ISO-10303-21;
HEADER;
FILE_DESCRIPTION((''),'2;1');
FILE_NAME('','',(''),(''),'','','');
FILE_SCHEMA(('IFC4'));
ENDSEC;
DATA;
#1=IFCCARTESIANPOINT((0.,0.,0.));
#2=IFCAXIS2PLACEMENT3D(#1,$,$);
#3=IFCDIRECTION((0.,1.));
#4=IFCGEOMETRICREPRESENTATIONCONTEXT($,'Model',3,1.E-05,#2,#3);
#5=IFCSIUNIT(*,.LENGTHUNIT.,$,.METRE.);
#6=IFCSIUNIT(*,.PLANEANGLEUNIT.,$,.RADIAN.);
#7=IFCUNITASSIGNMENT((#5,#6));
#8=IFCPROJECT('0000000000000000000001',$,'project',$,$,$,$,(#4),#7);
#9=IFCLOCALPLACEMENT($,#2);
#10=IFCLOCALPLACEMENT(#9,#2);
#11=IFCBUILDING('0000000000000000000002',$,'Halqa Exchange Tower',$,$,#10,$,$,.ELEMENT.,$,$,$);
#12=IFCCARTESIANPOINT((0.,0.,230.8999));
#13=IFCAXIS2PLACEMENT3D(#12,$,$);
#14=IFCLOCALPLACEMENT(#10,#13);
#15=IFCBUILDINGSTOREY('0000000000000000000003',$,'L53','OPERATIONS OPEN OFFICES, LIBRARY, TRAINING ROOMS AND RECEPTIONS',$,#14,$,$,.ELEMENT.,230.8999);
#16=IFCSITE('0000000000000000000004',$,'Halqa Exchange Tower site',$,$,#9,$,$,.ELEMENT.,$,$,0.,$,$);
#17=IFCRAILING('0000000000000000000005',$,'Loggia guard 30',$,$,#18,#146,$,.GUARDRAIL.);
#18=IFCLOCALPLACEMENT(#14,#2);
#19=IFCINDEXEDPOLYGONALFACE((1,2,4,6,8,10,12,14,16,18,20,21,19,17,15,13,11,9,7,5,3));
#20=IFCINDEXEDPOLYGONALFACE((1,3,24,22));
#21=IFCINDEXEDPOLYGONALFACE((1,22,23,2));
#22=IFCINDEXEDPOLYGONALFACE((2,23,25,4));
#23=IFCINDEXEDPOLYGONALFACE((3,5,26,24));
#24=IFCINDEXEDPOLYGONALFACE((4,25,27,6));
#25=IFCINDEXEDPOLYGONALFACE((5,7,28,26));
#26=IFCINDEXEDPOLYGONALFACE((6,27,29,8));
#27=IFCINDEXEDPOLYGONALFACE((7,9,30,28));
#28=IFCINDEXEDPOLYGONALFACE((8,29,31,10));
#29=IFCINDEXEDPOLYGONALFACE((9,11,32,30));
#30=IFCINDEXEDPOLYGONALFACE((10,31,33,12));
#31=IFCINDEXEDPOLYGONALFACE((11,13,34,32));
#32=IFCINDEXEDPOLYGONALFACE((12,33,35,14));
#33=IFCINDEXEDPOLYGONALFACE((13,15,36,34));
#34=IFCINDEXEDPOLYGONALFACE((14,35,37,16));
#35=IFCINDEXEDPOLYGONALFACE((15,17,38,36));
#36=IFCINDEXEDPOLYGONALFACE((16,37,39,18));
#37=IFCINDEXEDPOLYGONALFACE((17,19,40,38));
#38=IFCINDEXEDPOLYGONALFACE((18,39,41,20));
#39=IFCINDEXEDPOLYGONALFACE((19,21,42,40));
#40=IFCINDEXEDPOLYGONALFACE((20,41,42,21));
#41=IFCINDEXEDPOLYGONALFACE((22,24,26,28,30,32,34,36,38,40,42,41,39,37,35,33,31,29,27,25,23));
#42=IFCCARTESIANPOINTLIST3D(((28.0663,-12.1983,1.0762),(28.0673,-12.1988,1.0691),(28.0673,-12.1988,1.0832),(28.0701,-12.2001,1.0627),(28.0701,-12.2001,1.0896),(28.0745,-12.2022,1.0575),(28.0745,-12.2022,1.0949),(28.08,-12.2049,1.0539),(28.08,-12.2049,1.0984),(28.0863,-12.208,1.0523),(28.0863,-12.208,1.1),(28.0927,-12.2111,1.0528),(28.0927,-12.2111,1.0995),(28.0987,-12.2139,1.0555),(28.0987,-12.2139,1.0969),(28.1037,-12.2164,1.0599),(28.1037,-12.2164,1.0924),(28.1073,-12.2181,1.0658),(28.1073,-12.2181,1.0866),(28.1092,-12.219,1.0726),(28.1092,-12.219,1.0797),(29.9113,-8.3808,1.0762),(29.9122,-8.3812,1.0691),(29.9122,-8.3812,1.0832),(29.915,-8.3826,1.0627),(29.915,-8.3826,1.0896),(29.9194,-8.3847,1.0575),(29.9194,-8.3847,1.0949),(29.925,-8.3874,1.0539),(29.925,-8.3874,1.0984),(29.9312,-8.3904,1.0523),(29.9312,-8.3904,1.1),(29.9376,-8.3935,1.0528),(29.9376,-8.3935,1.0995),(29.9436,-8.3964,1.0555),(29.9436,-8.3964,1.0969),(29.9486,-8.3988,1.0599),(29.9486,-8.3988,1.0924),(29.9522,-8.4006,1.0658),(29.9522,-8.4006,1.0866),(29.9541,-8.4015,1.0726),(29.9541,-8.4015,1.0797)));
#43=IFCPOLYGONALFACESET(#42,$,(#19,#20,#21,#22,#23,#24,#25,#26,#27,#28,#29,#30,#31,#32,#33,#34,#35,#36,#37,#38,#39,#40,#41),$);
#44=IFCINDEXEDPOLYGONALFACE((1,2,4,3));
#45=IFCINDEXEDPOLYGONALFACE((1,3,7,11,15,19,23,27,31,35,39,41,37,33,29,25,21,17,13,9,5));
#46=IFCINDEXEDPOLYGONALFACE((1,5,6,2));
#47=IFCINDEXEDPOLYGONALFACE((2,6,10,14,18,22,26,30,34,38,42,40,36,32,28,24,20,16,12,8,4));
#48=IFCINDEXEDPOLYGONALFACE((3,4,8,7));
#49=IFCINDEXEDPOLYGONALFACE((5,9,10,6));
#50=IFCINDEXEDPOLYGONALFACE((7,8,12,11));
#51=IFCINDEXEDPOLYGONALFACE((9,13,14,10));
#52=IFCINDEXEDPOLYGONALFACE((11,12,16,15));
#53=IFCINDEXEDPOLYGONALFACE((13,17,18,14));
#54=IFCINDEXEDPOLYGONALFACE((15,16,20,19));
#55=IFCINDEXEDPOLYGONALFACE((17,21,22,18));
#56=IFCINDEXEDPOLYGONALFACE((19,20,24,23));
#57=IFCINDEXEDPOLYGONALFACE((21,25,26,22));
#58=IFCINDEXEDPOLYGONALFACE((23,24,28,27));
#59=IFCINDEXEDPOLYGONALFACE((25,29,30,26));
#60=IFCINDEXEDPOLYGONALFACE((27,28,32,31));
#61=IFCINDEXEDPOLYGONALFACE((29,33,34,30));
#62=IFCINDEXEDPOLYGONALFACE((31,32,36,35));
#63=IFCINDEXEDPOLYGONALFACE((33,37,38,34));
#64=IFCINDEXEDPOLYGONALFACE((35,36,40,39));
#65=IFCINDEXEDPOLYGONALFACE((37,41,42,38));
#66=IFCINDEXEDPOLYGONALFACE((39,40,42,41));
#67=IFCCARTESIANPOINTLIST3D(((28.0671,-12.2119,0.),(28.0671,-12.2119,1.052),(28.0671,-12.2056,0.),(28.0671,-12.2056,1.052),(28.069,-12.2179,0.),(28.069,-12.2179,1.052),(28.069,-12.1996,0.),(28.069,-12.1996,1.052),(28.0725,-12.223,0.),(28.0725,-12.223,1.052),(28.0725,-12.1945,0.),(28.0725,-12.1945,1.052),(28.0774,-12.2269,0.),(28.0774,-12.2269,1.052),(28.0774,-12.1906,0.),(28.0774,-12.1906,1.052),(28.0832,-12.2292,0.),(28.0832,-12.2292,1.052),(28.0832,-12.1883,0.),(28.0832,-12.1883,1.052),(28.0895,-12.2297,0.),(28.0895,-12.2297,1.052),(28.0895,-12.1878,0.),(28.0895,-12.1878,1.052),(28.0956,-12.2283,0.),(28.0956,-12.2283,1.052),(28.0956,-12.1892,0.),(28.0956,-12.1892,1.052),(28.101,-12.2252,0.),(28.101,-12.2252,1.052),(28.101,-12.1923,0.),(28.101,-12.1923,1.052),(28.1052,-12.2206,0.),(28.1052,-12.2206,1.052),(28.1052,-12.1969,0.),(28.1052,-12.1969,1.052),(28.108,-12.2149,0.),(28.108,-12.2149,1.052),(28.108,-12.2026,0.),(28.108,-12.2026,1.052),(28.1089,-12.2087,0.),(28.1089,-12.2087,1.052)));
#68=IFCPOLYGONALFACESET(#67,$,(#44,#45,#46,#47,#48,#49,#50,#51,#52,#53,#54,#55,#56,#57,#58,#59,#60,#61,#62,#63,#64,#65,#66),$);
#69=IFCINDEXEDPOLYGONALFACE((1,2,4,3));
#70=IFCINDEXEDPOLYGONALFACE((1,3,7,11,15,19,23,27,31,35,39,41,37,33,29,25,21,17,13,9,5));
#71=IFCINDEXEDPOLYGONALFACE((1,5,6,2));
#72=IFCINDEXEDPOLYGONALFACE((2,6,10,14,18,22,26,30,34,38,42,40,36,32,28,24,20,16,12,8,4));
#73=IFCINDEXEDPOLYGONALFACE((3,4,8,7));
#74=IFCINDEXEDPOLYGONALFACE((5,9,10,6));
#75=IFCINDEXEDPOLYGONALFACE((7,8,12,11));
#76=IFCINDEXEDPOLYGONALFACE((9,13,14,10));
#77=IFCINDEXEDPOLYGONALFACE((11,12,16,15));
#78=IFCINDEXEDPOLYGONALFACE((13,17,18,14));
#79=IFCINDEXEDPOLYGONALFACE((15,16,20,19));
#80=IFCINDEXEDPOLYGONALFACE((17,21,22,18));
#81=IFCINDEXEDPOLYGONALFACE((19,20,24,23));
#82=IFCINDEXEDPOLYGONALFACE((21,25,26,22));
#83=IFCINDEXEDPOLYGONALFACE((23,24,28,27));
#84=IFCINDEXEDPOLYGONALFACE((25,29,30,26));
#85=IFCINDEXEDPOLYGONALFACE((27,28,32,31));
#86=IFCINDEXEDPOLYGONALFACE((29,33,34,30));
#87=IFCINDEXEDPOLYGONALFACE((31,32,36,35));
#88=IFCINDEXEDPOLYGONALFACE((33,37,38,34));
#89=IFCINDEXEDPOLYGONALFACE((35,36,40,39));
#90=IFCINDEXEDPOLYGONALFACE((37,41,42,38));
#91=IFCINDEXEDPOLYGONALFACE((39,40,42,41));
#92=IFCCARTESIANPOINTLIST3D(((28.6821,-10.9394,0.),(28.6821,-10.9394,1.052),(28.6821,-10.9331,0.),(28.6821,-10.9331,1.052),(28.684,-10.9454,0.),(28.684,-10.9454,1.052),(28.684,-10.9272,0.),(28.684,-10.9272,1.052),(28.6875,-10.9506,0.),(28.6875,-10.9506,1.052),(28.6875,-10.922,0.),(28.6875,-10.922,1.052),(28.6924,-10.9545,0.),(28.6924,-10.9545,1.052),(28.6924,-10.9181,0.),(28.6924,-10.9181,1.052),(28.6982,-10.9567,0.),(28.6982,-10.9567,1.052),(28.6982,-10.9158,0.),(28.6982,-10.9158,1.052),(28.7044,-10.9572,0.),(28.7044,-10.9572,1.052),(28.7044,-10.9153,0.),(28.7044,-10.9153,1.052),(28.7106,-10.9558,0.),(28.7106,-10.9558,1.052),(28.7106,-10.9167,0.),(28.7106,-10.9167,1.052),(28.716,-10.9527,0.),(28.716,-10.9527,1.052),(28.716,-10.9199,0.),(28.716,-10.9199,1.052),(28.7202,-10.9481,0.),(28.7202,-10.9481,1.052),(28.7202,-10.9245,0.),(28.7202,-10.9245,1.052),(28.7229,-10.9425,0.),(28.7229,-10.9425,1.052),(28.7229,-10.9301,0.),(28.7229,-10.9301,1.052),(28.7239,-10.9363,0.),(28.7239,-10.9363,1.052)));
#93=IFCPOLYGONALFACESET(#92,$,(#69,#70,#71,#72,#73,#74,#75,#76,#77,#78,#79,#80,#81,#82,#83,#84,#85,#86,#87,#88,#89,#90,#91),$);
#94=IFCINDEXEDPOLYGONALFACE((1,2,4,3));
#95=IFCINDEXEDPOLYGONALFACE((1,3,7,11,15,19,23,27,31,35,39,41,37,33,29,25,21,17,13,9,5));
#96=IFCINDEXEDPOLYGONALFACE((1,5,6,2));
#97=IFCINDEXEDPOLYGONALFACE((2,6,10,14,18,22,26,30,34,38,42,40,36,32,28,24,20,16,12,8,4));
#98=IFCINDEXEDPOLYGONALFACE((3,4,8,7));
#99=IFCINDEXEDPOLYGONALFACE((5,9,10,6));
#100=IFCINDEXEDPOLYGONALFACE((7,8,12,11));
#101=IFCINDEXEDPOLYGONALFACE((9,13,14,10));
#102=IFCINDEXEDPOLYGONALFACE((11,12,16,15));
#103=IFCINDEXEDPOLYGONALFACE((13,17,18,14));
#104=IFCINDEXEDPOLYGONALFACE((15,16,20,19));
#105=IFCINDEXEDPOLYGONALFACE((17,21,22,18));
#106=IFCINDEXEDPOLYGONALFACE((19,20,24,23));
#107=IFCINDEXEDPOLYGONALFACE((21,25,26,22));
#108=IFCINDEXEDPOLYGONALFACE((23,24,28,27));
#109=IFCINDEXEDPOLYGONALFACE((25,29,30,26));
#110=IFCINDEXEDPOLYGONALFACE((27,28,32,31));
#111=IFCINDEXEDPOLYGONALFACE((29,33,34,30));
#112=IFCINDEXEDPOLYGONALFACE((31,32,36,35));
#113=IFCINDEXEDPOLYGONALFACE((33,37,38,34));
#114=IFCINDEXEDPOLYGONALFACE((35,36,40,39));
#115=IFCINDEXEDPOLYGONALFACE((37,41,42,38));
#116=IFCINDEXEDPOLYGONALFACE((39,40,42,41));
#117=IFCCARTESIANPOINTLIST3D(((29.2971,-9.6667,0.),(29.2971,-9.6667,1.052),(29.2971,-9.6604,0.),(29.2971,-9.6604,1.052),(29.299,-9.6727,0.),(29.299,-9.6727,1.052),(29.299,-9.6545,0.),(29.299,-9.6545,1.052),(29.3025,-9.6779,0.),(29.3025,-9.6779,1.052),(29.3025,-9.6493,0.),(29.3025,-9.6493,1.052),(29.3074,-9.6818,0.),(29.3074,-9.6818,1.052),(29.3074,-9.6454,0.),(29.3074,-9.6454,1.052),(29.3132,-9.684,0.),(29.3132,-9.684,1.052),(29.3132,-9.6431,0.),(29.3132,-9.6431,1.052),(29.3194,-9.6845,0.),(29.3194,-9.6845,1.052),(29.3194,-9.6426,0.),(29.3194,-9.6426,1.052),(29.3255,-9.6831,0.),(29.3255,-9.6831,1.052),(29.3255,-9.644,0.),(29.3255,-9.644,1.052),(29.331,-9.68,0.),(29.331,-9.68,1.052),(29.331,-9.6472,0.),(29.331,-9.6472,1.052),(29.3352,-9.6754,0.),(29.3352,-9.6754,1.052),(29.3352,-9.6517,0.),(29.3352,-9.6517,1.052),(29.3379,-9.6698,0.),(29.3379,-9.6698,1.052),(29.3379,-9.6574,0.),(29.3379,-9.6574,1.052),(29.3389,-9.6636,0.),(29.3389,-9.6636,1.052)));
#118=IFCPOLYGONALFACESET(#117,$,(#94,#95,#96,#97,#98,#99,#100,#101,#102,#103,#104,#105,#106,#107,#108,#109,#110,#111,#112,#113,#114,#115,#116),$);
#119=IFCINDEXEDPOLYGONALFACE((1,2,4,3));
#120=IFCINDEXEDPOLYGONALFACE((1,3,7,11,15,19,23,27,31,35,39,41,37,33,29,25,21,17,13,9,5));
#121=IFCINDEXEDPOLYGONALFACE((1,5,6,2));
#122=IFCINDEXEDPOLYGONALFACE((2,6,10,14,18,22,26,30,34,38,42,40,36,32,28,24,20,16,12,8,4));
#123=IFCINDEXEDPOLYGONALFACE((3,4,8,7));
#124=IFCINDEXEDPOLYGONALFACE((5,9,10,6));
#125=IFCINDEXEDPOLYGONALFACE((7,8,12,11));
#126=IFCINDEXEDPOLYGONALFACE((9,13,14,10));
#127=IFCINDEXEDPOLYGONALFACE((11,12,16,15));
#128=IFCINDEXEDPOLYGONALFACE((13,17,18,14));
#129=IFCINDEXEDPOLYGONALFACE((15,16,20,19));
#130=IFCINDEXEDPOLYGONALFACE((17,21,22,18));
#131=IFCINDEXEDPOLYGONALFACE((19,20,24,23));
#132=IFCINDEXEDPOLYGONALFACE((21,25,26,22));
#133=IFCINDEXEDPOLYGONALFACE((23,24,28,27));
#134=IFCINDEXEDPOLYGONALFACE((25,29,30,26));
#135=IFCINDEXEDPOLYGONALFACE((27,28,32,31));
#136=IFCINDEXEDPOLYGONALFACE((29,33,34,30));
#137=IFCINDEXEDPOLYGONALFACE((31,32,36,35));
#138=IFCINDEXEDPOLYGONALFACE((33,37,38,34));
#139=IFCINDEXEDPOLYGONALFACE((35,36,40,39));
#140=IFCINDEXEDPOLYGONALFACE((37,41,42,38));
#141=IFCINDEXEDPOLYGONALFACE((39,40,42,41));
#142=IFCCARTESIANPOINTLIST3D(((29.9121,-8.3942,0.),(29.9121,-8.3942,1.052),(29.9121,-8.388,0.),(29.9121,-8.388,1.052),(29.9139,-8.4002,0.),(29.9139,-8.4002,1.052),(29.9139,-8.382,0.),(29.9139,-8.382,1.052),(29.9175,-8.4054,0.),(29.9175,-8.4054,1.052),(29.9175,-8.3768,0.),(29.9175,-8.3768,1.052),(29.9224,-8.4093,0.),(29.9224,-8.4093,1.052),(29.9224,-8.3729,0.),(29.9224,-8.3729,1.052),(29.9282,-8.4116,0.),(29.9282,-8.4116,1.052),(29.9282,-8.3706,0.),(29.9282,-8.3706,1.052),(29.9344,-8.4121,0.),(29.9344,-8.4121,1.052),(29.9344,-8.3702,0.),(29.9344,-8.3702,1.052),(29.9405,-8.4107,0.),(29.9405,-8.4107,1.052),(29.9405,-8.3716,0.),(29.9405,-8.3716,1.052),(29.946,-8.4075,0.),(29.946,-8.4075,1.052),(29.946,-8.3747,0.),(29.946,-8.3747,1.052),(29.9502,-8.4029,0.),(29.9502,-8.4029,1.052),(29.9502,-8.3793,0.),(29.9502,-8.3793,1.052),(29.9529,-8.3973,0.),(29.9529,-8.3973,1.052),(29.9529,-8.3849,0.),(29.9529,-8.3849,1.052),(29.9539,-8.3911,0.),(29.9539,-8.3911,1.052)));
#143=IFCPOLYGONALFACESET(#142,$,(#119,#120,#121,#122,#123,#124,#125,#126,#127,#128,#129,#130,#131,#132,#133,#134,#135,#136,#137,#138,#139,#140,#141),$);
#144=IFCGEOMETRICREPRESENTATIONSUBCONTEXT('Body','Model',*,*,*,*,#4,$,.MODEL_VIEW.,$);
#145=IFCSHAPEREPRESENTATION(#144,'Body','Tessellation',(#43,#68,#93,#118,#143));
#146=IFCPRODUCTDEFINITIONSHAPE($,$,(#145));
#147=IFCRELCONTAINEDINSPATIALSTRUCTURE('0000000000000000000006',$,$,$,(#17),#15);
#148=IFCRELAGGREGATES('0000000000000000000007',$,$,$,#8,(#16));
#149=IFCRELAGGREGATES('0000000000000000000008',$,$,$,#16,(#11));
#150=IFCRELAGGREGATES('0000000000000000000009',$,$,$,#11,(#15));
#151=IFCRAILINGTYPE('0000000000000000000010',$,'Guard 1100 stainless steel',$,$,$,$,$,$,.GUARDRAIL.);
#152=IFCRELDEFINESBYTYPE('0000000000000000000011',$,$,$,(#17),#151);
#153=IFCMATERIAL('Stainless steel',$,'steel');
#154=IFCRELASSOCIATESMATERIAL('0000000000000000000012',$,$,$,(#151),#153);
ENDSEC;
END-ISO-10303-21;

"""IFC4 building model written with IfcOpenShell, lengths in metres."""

from ifc_helpers import new_model, si_unit, direction, frame, origin, origin_2d, place, context, subcontext, project, spatial, circle, extrude, material, type_object, element, save


model = new_model("IFC4")

# Units and contexts
model_context = context("Model", 3, precision=1e-05, world=origin(), true_north=direction((0.0, 1.0)))
body_context = subcontext(model_context, "Body", "Model", "MODEL_VIEW")
ifc_project = project(units=[si_unit("LENGTHUNIT", "METRE"), si_unit("PLANEANGLEUNIT", "RADIAN")], contexts=[model_context])

# Site, building, storey
site_placement = place(None, origin())
site = spatial("IfcSite", under=ifc_project, at=site_placement, Name="Halqa Exchange Tower site", CompositionType="ELEMENT", RefElevation=0.0)
building_placement = place(site_placement, origin())
building = spatial("IfcBuilding", under=site, at=building_placement, Name="Halqa Exchange Tower", CompositionType="ELEMENT")
storey_placement = place(building_placement, frame((0.0, 0.0, 230.8999)))
storey = spatial("IfcBuildingStorey", under=building, at=storey_placement, Name="L53", Description="OPERATIONS OPEN OFFICES, LIBRARY, TRAINING ROOMS AND RECEPTIONS", CompositionType="ELEMENT", Elevation=230.8999)

# Railing
ifc_material_1 = material(Name="Stainless steel", Category="steel")
railing_type = type_object("IfcRailingType", Name="Guard 1100 stainless steel", PredefinedType="GUARDRAIL", material=ifc_material_1)
railing_1_placement = place(storey_placement, frame((28.0879, -12.2087, 0.0)))
element("IfcRailing", 1, at=railing_1_placement, inside=storey, type_object=railing_type, Name="Loggia guard 30", PredefinedType="GUARDRAIL", context=body_context, shape_type="SweptSolid", body=[
    extrude(circle(Radius=0.0239, at=origin_2d()), frame((0.0, 0.0, 1.0762), z_axis=(0.435127, 0.900369, 0.0), x_axis=(-0.900369, 0.435127, 0.0)), (0.0, 0.0, 1.0), 4.24),
    extrude(circle(Radius=0.021, at=origin_2d()), origin(), (0.0, 0.0, 1.0), 1.052),
    extrude(circle(Radius=0.021, at=origin_2d()), frame((0.615, 1.2725, 0.0)), (0.0, 0.0, 1.0), 1.052),
    extrude(circle(Radius=0.021, at=origin_2d()), frame((1.23, 2.5452, 0.0)), (0.0, 0.0, 1.0), 1.052),
    extrude(circle(Radius=0.021, at=origin_2d()), frame((1.845, 3.8176, 0.0)), (0.0, 0.0, 1.0), 1.052),
])

save(model, "model.ifc")
